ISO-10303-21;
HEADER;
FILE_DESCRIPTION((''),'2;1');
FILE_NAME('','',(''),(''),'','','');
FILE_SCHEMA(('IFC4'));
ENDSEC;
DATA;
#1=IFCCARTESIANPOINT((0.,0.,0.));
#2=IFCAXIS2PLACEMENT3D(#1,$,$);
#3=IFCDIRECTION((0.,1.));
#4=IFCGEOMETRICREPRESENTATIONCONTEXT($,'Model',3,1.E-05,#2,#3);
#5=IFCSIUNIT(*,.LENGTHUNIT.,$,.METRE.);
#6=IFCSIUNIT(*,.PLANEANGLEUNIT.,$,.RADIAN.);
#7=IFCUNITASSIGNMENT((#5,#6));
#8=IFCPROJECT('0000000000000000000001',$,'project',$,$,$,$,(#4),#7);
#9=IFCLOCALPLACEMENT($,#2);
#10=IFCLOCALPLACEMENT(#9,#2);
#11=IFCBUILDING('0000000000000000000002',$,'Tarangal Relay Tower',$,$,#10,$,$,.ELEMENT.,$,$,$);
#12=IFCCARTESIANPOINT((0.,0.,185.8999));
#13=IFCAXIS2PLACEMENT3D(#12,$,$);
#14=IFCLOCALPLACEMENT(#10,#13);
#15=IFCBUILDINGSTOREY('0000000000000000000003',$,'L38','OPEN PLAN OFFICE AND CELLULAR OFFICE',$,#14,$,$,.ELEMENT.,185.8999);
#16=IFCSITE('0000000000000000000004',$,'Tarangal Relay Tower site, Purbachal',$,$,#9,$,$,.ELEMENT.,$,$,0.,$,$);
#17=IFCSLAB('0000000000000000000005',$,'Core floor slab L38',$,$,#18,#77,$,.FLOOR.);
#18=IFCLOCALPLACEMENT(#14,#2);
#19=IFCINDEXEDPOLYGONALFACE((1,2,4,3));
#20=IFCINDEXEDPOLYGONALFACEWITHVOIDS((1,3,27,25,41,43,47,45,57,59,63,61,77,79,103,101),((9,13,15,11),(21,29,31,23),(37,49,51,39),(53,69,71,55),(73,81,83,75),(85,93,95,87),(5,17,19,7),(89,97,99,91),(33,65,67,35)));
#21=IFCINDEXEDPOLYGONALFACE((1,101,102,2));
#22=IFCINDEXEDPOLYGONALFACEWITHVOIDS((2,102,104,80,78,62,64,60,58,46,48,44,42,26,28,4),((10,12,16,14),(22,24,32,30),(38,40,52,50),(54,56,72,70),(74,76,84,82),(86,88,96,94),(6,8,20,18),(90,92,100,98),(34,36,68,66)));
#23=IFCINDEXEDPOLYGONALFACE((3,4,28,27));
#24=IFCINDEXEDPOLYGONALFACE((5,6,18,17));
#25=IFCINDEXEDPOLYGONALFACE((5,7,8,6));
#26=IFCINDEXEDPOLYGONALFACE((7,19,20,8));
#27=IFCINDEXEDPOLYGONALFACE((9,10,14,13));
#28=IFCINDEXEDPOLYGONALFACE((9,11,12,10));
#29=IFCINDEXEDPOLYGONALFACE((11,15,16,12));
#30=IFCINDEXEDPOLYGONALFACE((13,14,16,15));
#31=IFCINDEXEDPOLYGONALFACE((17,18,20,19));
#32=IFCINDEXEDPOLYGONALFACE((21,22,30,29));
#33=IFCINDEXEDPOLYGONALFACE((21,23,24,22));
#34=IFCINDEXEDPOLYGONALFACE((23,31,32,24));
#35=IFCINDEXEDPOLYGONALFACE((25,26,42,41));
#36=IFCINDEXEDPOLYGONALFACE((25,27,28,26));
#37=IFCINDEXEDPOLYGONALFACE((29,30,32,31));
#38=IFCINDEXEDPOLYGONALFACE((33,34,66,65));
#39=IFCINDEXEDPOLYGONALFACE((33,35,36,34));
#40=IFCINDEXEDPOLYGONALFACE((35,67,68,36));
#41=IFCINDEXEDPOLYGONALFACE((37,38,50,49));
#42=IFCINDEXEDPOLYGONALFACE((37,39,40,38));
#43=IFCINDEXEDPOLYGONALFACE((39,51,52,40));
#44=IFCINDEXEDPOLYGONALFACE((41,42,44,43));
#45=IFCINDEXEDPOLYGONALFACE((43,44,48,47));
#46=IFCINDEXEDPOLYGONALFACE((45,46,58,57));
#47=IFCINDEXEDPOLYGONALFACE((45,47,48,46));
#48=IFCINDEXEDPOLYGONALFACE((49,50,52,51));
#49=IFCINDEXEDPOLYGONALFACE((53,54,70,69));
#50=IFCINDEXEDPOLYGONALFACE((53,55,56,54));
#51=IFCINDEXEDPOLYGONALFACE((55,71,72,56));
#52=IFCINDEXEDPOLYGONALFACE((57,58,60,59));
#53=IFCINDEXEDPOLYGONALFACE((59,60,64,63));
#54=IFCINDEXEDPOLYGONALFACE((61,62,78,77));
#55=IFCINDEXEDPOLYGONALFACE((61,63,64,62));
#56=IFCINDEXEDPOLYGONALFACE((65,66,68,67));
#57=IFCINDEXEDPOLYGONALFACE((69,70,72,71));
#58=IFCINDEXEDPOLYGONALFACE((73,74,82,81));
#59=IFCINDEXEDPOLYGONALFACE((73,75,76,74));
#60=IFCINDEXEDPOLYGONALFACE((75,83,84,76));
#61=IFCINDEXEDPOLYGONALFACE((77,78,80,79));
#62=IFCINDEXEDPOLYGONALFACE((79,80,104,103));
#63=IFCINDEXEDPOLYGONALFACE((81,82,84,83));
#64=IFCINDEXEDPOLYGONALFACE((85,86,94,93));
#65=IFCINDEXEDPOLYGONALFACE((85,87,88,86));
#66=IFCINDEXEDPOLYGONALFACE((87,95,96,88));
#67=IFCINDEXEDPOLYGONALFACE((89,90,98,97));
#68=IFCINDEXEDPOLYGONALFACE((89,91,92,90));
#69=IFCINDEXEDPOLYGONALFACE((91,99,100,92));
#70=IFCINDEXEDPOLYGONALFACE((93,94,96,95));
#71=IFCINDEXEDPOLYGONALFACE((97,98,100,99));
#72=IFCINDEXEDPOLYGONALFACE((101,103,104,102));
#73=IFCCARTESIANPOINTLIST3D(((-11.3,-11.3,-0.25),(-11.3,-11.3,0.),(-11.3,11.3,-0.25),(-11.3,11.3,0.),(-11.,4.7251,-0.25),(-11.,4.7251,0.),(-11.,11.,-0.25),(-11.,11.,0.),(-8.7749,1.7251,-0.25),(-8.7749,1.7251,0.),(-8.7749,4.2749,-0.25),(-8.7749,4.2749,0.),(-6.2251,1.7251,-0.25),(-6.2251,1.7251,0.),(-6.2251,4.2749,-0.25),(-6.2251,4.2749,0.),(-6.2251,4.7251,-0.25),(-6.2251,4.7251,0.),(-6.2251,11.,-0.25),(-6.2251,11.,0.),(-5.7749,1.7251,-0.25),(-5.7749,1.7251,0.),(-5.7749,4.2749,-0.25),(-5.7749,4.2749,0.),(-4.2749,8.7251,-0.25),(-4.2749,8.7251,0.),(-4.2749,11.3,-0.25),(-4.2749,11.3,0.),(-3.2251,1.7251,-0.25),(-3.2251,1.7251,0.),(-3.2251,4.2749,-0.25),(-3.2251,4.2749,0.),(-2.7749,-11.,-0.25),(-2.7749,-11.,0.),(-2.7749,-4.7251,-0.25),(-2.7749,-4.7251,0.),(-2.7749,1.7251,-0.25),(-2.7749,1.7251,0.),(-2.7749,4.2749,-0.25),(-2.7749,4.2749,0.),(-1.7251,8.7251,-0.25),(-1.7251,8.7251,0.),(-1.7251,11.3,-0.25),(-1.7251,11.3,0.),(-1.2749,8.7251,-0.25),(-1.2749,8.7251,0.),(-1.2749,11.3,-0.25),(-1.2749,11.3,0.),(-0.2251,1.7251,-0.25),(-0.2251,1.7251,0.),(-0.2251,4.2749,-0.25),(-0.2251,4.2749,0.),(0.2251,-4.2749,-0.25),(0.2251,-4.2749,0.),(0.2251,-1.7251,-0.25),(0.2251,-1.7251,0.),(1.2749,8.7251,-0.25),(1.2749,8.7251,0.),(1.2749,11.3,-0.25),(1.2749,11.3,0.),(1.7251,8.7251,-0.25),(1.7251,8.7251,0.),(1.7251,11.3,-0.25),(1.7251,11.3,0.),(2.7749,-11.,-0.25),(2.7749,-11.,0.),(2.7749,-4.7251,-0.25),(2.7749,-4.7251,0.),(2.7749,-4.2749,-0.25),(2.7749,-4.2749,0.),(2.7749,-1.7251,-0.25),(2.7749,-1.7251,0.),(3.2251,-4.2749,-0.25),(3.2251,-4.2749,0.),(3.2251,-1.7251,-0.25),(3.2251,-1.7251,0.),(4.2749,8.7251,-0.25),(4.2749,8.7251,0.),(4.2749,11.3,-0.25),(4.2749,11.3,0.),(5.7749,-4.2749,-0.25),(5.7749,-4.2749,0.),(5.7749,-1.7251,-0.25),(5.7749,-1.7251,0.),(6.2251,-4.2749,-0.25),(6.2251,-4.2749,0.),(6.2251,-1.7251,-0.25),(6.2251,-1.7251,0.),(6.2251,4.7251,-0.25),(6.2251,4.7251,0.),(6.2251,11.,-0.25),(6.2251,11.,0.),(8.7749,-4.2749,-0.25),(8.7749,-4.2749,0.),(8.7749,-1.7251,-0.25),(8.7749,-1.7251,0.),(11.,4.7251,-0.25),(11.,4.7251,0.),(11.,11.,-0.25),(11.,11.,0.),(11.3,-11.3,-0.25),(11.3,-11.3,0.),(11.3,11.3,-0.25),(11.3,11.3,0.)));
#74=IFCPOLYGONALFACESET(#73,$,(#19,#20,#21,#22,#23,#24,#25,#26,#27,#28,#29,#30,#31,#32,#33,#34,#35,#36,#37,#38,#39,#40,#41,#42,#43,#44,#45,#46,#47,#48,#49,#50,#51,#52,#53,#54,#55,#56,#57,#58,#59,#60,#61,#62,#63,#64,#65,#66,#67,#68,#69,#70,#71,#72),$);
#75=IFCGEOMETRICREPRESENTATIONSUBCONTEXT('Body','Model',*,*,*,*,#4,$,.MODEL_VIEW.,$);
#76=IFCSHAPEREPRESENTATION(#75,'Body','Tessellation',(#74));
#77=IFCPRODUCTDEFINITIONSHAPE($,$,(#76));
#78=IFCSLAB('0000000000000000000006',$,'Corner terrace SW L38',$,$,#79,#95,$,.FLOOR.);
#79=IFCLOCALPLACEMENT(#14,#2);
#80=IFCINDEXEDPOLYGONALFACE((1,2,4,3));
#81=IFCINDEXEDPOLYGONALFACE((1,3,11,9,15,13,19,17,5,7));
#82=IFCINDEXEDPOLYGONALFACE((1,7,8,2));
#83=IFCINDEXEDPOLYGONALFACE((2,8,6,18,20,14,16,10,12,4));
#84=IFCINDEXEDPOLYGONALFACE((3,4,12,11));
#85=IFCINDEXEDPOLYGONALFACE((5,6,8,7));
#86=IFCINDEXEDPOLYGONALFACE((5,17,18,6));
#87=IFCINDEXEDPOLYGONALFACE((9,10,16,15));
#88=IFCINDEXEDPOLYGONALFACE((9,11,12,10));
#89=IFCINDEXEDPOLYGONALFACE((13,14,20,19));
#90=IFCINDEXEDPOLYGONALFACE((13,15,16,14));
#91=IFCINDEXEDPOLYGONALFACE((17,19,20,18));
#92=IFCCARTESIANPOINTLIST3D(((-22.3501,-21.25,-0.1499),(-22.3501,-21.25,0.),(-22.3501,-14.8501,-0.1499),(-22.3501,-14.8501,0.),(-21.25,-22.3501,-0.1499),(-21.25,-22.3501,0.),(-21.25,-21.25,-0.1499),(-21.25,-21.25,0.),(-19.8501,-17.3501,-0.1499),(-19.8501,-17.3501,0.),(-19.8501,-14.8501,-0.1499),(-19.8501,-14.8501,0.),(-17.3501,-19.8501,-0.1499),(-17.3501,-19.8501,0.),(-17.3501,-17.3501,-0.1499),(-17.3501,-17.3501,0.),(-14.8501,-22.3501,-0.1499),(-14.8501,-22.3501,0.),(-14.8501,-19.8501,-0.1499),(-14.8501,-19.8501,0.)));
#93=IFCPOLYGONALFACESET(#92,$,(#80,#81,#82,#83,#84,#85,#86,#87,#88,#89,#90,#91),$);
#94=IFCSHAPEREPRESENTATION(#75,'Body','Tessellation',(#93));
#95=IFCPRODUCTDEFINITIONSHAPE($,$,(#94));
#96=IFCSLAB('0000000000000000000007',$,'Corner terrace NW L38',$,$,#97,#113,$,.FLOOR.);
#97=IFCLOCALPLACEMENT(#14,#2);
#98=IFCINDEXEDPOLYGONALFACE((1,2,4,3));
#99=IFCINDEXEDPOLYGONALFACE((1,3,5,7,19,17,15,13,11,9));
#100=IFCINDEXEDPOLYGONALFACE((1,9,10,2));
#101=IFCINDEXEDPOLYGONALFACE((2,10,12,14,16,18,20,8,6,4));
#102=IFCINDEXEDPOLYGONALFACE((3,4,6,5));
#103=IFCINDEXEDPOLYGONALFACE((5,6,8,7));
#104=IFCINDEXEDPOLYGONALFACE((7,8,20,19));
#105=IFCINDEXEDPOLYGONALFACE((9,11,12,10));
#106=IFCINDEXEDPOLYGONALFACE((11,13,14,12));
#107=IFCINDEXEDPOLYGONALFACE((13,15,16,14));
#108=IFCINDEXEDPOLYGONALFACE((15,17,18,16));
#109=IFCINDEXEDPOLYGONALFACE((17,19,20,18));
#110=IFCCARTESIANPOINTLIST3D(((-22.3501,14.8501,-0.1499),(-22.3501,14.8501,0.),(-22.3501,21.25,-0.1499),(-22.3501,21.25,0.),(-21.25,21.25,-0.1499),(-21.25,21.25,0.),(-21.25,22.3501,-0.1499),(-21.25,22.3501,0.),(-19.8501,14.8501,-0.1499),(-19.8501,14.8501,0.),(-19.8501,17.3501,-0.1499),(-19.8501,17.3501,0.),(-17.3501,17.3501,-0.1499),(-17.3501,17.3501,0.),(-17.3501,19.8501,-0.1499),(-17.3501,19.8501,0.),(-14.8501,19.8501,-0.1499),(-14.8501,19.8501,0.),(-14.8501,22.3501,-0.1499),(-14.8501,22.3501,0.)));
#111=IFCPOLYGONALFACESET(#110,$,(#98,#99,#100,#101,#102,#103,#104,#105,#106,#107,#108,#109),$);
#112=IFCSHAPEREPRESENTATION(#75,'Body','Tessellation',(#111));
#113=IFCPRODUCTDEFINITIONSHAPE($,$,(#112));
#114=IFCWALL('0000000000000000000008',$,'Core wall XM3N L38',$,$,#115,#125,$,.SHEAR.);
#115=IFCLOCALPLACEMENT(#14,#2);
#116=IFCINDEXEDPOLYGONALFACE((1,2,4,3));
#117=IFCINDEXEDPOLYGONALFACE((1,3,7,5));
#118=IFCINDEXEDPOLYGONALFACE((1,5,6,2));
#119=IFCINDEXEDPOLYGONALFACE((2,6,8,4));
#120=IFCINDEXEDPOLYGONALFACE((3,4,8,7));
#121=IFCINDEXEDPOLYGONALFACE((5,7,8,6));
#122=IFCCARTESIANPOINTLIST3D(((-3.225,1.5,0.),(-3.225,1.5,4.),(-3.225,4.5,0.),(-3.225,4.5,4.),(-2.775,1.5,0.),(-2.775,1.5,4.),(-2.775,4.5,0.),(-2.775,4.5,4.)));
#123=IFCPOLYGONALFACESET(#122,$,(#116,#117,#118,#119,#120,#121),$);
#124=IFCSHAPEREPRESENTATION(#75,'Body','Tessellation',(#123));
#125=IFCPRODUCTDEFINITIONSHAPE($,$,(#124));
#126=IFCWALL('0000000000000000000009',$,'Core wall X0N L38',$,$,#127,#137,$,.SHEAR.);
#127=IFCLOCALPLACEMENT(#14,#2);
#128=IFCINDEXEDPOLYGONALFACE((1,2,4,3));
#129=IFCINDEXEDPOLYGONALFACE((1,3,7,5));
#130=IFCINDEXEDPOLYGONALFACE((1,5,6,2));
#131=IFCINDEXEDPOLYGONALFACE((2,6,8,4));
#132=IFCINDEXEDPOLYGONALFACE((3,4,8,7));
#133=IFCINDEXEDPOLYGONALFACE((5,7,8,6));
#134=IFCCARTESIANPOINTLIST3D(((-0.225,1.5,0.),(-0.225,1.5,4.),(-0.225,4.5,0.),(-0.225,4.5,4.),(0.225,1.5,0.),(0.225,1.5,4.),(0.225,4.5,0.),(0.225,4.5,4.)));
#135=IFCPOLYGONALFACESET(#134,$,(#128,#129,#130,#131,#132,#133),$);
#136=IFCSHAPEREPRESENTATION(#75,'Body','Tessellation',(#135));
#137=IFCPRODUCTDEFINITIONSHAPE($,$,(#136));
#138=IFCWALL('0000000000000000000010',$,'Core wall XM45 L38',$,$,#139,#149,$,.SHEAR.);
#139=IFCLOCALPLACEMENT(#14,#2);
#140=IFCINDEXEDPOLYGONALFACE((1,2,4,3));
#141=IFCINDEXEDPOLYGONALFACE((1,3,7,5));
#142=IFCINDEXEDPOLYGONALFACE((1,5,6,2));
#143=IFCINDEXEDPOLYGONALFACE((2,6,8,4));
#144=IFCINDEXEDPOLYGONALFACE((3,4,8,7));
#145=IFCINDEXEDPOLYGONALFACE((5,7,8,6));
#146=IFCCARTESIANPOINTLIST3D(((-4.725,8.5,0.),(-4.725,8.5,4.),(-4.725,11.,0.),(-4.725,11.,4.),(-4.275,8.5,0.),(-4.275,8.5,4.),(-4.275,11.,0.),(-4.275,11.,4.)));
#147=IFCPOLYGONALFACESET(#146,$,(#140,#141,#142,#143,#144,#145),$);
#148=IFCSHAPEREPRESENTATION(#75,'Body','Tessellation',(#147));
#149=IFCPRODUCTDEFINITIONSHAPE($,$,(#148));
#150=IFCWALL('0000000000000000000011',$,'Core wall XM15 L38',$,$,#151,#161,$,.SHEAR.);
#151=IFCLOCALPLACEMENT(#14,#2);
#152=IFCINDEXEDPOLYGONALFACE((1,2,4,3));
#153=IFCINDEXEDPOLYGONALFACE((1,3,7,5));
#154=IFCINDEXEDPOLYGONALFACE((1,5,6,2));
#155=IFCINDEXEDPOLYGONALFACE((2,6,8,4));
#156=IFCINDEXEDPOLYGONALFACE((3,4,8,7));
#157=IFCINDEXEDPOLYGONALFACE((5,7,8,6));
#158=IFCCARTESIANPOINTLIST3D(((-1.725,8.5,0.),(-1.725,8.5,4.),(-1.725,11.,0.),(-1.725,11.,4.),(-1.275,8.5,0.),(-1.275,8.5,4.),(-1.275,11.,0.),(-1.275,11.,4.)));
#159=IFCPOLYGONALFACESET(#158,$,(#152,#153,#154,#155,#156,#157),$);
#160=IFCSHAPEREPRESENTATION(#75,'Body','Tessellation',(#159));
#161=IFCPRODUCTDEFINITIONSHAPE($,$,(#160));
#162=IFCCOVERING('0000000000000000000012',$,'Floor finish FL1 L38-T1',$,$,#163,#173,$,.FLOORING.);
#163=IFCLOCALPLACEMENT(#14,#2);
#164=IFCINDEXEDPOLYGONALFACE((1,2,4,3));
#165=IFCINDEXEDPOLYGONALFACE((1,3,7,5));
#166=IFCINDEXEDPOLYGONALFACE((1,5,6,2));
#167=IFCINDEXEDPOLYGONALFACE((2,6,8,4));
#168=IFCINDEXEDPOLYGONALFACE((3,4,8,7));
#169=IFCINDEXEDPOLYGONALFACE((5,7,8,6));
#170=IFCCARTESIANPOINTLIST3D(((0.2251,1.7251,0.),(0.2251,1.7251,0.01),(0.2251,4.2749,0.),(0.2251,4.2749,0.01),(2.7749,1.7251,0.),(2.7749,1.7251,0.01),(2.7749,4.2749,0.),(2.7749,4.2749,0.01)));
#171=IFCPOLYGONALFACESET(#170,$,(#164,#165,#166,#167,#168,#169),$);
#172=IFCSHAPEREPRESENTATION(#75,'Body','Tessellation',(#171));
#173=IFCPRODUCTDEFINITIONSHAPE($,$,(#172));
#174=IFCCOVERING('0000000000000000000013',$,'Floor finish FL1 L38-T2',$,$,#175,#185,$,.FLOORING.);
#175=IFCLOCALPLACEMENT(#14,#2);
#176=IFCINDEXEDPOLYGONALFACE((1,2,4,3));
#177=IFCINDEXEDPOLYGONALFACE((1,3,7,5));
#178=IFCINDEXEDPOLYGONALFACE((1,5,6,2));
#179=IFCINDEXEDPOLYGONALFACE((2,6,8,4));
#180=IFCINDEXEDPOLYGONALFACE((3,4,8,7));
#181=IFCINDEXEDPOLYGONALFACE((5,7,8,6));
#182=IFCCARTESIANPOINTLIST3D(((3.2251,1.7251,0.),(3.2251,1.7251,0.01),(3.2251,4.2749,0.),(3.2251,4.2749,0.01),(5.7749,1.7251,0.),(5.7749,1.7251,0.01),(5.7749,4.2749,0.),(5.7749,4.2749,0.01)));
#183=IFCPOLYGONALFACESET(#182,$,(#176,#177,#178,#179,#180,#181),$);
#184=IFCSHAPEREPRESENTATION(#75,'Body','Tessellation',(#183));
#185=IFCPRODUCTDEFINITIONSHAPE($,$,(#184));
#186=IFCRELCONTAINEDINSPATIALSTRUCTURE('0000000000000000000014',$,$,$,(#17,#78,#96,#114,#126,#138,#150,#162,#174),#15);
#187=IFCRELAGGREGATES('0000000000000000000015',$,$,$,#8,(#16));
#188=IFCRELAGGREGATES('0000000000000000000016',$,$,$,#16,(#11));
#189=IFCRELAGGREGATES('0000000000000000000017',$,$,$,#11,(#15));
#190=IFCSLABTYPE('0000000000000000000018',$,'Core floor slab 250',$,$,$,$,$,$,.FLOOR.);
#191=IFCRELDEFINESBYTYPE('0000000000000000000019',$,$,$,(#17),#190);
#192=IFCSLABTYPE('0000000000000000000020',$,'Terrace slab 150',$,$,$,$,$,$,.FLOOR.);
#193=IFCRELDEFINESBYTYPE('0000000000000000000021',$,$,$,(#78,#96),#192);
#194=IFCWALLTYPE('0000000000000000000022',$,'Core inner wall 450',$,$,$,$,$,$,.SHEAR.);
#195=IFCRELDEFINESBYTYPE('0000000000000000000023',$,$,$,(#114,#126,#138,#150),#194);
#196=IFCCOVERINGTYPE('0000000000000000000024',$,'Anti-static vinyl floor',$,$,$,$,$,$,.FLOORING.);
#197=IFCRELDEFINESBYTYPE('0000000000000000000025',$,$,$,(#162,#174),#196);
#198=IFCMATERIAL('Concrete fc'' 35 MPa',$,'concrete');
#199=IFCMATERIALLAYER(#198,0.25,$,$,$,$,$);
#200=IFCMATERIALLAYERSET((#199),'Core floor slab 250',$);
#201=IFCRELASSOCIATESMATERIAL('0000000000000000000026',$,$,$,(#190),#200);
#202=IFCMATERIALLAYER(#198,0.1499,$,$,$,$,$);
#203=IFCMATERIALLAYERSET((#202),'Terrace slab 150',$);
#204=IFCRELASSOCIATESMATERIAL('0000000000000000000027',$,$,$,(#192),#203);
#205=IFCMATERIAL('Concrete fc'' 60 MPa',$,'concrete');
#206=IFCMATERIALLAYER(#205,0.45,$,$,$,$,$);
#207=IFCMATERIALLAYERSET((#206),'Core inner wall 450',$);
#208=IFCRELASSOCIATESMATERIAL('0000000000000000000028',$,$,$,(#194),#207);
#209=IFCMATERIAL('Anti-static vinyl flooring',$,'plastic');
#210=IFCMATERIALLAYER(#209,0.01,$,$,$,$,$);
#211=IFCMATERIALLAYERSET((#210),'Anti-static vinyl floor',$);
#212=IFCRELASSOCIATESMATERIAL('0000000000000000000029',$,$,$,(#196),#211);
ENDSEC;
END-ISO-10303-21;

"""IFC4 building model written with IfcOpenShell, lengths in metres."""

from ifc_helpers import new_model, si_unit, direction, frame, frame_2d, origin, place, context, subcontext, project, spatial, polyline, rectangle, outline, extrude, material, layer, layer_set, type_object, element, save


model = new_model("IFC4")

# Units and contexts
model_context = context("Model", 3, precision=1e-05, world=origin(), true_north=direction((0.0, 1.0)))
body_context = subcontext(model_context, "Body", "Model", "MODEL_VIEW")
ifc_project = project(units=[si_unit("LENGTHUNIT", "METRE"), si_unit("PLANEANGLEUNIT", "RADIAN")], contexts=[model_context])

# Site, building, storey
site_placement = place(None, origin())
site = spatial("IfcSite", under=ifc_project, at=site_placement, Name="Tarangal Relay Tower site, Purbachal", CompositionType="ELEMENT", RefElevation=0.0)
building_placement = place(site_placement, origin())
building = spatial("IfcBuilding", under=site, at=building_placement, Name="Tarangal Relay Tower", CompositionType="ELEMENT")
storey_placement = place(building_placement, frame((0.0, 0.0, 185.8999)))
storey = spatial("IfcBuildingStorey", under=building, at=storey_placement, Name="L38", Description="OPEN PLAN OFFICE AND CELLULAR OFFICE", CompositionType="ELEMENT", Elevation=185.8999)

# Slabs
ifc_material_1 = material(Name="Concrete fc' 35 MPa", Category="concrete")
ifc_layer_1 = layer(ifc_material_1, 0.25)
ifc_layer_set_1 = layer_set([ifc_layer_1], Name="Core floor slab 250")
slab_type_1 = type_object("IfcSlabType", Name="Core floor slab 250", PredefinedType="FLOOR", material=ifc_layer_set_1)
slab_1_placement = place(storey_placement, frame((0.0, 0.0, -0.25)))
element("IfcSlab", 1, at=slab_1_placement, inside=storey, type_object=slab_type_1, Name="Core floor slab L38", PredefinedType="FLOOR", context=body_context, shape_type="SweptSolid", body=[
    extrude(outline(polyline([(11.3, 11.3), (11.3, -11.3), (-11.3, -11.3), (-11.3, 11.3), (-4.2749, 11.3), (-4.2749, 8.7251), (-1.7251, 8.7251), (-1.7251, 11.3), (-1.2749, 11.3), (-1.2749, 8.7251), (1.2749, 8.7251), (1.2749, 11.3), (1.7251, 11.3), (1.7251, 8.7251), (4.2749, 8.7251), (4.2749, 11.3), (11.3, 11.3)]), holes=[polyline([(-6.2251, 4.2749), (-8.7749, 4.2749), (-8.7749, 1.7251), (-6.2251, 1.7251), (-6.2251, 4.2749)]), polyline([(-3.2251, 1.7251), (-3.2251, 4.2749), (-5.7749, 4.2749), (-5.7749, 1.7251), (-3.2251, 1.7251)]), polyline([(-0.2251, 1.7251), (-0.2251, 4.2749), (-2.7749, 4.2749), (-2.7749, 1.7251), (-0.2251, 1.7251)]), polyline([(-6.2251, 11.0), (-11.0, 11.0), (-11.0, 4.7251), (-6.2251, 4.7251), (-6.2251, 11.0)]), polyline([(2.7749, -4.7251), (-2.7749, -4.7251), (-2.7749, -11.0), (2.7749, -11.0), (2.7749, -4.7251)]), polyline([(2.7749, -4.2749), (2.7749, -1.7251), (0.2251, -1.7251), (0.2251, -4.2749), (2.7749, -4.2749)]), polyline([(5.7749, -4.2749), (5.7749, -1.7251), (3.2251, -1.7251), (3.2251, -4.2749), (5.7749, -4.2749)]), polyline([(8.7749, -1.7251), (6.2251, -1.7251), (6.2251, -4.2749), (8.7749, -4.2749), (8.7749, -1.7251)]), polyline([(11.0, 4.7251), (11.0, 11.0), (6.2251, 11.0), (6.2251, 4.7251), (11.0, 4.7251)])]), origin(), (0.0, 0.0, 1.0), 0.25),
])
ifc_layer_2 = layer(ifc_material_1, 0.1499)
ifc_layer_set_2 = layer_set([ifc_layer_2], Name="Terrace slab 150")
slab_type_2 = type_object("IfcSlabType", Name="Terrace slab 150", PredefinedType="FLOOR", material=ifc_layer_set_2)
slab_2_placement = place(storey_placement, frame((0.0, 0.0, -0.1499)))
element("IfcSlab", 2, at=slab_2_placement, inside=storey, type_object=slab_type_2, Name="Corner terrace SW L38", PredefinedType="FLOOR", context=body_context, shape_type="SweptSolid", body=[
    extrude(outline(polyline([(-14.8501, -22.3501), (-14.8501, -19.8501), (-17.3501, -19.8501), (-17.3501, -17.3501), (-19.8501, -17.3501), (-19.8501, -14.8501), (-22.3501, -14.8501), (-22.3501, -21.25), (-21.25, -21.25), (-21.25, -22.3501), (-14.8501, -22.3501)])), origin(), (0.0, 0.0, 1.0), 0.1499),
])
slab_3_placement = place(storey_placement, frame((0.0, 0.0, -0.1499)))
element("IfcSlab", 3, at=slab_3_placement, inside=storey, type_object=slab_type_2, Name="Corner terrace NW L38", PredefinedType="FLOOR", context=body_context, shape_type="SweptSolid", body=[
    extrude(outline(polyline([(-22.3501, 14.8501), (-19.8501, 14.8501), (-19.8501, 17.3501), (-17.3501, 17.3501), (-17.3501, 19.8501), (-14.8501, 19.8501), (-14.8501, 22.3501), (-21.25, 22.3501), (-21.25, 21.25), (-22.3501, 21.25), (-22.3501, 14.8501)])), origin(), (0.0, 0.0, 1.0), 0.1499),
])

# Walls
ifc_material_2 = material(Name="Concrete fc' 60 MPa", Category="concrete")
ifc_layer_3 = layer(ifc_material_2, 0.45)
ifc_layer_set_3 = layer_set([ifc_layer_3], Name="Core inner wall 450")
wall_type = type_object("IfcWallType", Name="Core inner wall 450", PredefinedType="SHEAR", material=ifc_layer_set_3)
for number, where, z_axis, x_axis, name in (
    (4, (-3.0, 1.5, 0.0), (0.0, 0.0, 1.0), (0.0, 1.0, 0.0), "Core wall XM3N L38"),
    (5, (0.0, 1.5, 0.0), (0.0, 0.0, 1.0), (0.0, 1.0, 0.0), "Core wall X0N L38"),
):
    element("IfcWall", number, at=place(storey_placement, frame(where, z_axis=z_axis, x_axis=x_axis)), inside=storey, type_object=wall_type, Name=name, PredefinedType="SHEAR", context=body_context, shape_type="SweptSolid", body=[
        extrude(rectangle(XDim=3.0, YDim=0.45, at=frame_2d((1.5, 0.0))), origin(), (0.0, 0.0, 1.0), 4.0),
    ])
for number, where, z_axis, x_axis, name in (
    (6, (-4.5, 8.5, 0.0), (0.0, 0.0, 1.0), (0.0, 1.0, 0.0), "Core wall XM45 L38"),
    (7, (-1.5, 8.5, 0.0), (0.0, 0.0, 1.0), (0.0, 1.0, 0.0), "Core wall XM15 L38"),
):
    element("IfcWall", number, at=place(storey_placement, frame(where, z_axis=z_axis, x_axis=x_axis)), inside=storey, type_object=wall_type, Name=name, PredefinedType="SHEAR", context=body_context, shape_type="SweptSolid", body=[
        extrude(rectangle(XDim=2.5, YDim=0.45, at=frame_2d((1.25, 0.0))), origin(), (0.0, 0.0, 1.0), 4.0),
    ])

# Coverings
ifc_material_3 = material(Name="Anti-static vinyl flooring", Category="plastic")
ifc_layer_4 = layer(ifc_material_3, 0.01)
ifc_layer_set_4 = layer_set([ifc_layer_4], Name="Anti-static vinyl floor")
covering_type_1 = type_object("IfcCoveringType", Name="Anti-static vinyl floor", PredefinedType="FLOORING", material=ifc_layer_set_4)
covering_1_placement = place(storey_placement, origin())
element("IfcCovering", 8, at=covering_1_placement, inside=storey, type_object=covering_type_1, Name="Floor finish FL1 L38-T1", PredefinedType="FLOORING", context=body_context, shape_type="SweptSolid", body=[
    extrude(outline(polyline([(0.2251, 1.7251), (2.7749, 1.7251), (2.7749, 4.2749), (0.2251, 4.2749), (0.2251, 1.7251)])), origin(), (0.0, 0.0, 1.0), 0.01),
])
covering_2_placement = place(storey_placement, origin())
element("IfcCovering", 9, at=covering_2_placement, inside=storey, type_object=covering_type_1, Name="Floor finish FL1 L38-T2", PredefinedType="FLOORING", context=body_context, shape_type="SweptSolid", body=[
    extrude(outline(polyline([(3.2251, 1.7251), (5.7749, 1.7251), (5.7749, 4.2749), (3.2251, 4.2749), (3.2251, 1.7251)])), origin(), (0.0, 0.0, 1.0), 0.01),
])

save(model, "model.ifc")
